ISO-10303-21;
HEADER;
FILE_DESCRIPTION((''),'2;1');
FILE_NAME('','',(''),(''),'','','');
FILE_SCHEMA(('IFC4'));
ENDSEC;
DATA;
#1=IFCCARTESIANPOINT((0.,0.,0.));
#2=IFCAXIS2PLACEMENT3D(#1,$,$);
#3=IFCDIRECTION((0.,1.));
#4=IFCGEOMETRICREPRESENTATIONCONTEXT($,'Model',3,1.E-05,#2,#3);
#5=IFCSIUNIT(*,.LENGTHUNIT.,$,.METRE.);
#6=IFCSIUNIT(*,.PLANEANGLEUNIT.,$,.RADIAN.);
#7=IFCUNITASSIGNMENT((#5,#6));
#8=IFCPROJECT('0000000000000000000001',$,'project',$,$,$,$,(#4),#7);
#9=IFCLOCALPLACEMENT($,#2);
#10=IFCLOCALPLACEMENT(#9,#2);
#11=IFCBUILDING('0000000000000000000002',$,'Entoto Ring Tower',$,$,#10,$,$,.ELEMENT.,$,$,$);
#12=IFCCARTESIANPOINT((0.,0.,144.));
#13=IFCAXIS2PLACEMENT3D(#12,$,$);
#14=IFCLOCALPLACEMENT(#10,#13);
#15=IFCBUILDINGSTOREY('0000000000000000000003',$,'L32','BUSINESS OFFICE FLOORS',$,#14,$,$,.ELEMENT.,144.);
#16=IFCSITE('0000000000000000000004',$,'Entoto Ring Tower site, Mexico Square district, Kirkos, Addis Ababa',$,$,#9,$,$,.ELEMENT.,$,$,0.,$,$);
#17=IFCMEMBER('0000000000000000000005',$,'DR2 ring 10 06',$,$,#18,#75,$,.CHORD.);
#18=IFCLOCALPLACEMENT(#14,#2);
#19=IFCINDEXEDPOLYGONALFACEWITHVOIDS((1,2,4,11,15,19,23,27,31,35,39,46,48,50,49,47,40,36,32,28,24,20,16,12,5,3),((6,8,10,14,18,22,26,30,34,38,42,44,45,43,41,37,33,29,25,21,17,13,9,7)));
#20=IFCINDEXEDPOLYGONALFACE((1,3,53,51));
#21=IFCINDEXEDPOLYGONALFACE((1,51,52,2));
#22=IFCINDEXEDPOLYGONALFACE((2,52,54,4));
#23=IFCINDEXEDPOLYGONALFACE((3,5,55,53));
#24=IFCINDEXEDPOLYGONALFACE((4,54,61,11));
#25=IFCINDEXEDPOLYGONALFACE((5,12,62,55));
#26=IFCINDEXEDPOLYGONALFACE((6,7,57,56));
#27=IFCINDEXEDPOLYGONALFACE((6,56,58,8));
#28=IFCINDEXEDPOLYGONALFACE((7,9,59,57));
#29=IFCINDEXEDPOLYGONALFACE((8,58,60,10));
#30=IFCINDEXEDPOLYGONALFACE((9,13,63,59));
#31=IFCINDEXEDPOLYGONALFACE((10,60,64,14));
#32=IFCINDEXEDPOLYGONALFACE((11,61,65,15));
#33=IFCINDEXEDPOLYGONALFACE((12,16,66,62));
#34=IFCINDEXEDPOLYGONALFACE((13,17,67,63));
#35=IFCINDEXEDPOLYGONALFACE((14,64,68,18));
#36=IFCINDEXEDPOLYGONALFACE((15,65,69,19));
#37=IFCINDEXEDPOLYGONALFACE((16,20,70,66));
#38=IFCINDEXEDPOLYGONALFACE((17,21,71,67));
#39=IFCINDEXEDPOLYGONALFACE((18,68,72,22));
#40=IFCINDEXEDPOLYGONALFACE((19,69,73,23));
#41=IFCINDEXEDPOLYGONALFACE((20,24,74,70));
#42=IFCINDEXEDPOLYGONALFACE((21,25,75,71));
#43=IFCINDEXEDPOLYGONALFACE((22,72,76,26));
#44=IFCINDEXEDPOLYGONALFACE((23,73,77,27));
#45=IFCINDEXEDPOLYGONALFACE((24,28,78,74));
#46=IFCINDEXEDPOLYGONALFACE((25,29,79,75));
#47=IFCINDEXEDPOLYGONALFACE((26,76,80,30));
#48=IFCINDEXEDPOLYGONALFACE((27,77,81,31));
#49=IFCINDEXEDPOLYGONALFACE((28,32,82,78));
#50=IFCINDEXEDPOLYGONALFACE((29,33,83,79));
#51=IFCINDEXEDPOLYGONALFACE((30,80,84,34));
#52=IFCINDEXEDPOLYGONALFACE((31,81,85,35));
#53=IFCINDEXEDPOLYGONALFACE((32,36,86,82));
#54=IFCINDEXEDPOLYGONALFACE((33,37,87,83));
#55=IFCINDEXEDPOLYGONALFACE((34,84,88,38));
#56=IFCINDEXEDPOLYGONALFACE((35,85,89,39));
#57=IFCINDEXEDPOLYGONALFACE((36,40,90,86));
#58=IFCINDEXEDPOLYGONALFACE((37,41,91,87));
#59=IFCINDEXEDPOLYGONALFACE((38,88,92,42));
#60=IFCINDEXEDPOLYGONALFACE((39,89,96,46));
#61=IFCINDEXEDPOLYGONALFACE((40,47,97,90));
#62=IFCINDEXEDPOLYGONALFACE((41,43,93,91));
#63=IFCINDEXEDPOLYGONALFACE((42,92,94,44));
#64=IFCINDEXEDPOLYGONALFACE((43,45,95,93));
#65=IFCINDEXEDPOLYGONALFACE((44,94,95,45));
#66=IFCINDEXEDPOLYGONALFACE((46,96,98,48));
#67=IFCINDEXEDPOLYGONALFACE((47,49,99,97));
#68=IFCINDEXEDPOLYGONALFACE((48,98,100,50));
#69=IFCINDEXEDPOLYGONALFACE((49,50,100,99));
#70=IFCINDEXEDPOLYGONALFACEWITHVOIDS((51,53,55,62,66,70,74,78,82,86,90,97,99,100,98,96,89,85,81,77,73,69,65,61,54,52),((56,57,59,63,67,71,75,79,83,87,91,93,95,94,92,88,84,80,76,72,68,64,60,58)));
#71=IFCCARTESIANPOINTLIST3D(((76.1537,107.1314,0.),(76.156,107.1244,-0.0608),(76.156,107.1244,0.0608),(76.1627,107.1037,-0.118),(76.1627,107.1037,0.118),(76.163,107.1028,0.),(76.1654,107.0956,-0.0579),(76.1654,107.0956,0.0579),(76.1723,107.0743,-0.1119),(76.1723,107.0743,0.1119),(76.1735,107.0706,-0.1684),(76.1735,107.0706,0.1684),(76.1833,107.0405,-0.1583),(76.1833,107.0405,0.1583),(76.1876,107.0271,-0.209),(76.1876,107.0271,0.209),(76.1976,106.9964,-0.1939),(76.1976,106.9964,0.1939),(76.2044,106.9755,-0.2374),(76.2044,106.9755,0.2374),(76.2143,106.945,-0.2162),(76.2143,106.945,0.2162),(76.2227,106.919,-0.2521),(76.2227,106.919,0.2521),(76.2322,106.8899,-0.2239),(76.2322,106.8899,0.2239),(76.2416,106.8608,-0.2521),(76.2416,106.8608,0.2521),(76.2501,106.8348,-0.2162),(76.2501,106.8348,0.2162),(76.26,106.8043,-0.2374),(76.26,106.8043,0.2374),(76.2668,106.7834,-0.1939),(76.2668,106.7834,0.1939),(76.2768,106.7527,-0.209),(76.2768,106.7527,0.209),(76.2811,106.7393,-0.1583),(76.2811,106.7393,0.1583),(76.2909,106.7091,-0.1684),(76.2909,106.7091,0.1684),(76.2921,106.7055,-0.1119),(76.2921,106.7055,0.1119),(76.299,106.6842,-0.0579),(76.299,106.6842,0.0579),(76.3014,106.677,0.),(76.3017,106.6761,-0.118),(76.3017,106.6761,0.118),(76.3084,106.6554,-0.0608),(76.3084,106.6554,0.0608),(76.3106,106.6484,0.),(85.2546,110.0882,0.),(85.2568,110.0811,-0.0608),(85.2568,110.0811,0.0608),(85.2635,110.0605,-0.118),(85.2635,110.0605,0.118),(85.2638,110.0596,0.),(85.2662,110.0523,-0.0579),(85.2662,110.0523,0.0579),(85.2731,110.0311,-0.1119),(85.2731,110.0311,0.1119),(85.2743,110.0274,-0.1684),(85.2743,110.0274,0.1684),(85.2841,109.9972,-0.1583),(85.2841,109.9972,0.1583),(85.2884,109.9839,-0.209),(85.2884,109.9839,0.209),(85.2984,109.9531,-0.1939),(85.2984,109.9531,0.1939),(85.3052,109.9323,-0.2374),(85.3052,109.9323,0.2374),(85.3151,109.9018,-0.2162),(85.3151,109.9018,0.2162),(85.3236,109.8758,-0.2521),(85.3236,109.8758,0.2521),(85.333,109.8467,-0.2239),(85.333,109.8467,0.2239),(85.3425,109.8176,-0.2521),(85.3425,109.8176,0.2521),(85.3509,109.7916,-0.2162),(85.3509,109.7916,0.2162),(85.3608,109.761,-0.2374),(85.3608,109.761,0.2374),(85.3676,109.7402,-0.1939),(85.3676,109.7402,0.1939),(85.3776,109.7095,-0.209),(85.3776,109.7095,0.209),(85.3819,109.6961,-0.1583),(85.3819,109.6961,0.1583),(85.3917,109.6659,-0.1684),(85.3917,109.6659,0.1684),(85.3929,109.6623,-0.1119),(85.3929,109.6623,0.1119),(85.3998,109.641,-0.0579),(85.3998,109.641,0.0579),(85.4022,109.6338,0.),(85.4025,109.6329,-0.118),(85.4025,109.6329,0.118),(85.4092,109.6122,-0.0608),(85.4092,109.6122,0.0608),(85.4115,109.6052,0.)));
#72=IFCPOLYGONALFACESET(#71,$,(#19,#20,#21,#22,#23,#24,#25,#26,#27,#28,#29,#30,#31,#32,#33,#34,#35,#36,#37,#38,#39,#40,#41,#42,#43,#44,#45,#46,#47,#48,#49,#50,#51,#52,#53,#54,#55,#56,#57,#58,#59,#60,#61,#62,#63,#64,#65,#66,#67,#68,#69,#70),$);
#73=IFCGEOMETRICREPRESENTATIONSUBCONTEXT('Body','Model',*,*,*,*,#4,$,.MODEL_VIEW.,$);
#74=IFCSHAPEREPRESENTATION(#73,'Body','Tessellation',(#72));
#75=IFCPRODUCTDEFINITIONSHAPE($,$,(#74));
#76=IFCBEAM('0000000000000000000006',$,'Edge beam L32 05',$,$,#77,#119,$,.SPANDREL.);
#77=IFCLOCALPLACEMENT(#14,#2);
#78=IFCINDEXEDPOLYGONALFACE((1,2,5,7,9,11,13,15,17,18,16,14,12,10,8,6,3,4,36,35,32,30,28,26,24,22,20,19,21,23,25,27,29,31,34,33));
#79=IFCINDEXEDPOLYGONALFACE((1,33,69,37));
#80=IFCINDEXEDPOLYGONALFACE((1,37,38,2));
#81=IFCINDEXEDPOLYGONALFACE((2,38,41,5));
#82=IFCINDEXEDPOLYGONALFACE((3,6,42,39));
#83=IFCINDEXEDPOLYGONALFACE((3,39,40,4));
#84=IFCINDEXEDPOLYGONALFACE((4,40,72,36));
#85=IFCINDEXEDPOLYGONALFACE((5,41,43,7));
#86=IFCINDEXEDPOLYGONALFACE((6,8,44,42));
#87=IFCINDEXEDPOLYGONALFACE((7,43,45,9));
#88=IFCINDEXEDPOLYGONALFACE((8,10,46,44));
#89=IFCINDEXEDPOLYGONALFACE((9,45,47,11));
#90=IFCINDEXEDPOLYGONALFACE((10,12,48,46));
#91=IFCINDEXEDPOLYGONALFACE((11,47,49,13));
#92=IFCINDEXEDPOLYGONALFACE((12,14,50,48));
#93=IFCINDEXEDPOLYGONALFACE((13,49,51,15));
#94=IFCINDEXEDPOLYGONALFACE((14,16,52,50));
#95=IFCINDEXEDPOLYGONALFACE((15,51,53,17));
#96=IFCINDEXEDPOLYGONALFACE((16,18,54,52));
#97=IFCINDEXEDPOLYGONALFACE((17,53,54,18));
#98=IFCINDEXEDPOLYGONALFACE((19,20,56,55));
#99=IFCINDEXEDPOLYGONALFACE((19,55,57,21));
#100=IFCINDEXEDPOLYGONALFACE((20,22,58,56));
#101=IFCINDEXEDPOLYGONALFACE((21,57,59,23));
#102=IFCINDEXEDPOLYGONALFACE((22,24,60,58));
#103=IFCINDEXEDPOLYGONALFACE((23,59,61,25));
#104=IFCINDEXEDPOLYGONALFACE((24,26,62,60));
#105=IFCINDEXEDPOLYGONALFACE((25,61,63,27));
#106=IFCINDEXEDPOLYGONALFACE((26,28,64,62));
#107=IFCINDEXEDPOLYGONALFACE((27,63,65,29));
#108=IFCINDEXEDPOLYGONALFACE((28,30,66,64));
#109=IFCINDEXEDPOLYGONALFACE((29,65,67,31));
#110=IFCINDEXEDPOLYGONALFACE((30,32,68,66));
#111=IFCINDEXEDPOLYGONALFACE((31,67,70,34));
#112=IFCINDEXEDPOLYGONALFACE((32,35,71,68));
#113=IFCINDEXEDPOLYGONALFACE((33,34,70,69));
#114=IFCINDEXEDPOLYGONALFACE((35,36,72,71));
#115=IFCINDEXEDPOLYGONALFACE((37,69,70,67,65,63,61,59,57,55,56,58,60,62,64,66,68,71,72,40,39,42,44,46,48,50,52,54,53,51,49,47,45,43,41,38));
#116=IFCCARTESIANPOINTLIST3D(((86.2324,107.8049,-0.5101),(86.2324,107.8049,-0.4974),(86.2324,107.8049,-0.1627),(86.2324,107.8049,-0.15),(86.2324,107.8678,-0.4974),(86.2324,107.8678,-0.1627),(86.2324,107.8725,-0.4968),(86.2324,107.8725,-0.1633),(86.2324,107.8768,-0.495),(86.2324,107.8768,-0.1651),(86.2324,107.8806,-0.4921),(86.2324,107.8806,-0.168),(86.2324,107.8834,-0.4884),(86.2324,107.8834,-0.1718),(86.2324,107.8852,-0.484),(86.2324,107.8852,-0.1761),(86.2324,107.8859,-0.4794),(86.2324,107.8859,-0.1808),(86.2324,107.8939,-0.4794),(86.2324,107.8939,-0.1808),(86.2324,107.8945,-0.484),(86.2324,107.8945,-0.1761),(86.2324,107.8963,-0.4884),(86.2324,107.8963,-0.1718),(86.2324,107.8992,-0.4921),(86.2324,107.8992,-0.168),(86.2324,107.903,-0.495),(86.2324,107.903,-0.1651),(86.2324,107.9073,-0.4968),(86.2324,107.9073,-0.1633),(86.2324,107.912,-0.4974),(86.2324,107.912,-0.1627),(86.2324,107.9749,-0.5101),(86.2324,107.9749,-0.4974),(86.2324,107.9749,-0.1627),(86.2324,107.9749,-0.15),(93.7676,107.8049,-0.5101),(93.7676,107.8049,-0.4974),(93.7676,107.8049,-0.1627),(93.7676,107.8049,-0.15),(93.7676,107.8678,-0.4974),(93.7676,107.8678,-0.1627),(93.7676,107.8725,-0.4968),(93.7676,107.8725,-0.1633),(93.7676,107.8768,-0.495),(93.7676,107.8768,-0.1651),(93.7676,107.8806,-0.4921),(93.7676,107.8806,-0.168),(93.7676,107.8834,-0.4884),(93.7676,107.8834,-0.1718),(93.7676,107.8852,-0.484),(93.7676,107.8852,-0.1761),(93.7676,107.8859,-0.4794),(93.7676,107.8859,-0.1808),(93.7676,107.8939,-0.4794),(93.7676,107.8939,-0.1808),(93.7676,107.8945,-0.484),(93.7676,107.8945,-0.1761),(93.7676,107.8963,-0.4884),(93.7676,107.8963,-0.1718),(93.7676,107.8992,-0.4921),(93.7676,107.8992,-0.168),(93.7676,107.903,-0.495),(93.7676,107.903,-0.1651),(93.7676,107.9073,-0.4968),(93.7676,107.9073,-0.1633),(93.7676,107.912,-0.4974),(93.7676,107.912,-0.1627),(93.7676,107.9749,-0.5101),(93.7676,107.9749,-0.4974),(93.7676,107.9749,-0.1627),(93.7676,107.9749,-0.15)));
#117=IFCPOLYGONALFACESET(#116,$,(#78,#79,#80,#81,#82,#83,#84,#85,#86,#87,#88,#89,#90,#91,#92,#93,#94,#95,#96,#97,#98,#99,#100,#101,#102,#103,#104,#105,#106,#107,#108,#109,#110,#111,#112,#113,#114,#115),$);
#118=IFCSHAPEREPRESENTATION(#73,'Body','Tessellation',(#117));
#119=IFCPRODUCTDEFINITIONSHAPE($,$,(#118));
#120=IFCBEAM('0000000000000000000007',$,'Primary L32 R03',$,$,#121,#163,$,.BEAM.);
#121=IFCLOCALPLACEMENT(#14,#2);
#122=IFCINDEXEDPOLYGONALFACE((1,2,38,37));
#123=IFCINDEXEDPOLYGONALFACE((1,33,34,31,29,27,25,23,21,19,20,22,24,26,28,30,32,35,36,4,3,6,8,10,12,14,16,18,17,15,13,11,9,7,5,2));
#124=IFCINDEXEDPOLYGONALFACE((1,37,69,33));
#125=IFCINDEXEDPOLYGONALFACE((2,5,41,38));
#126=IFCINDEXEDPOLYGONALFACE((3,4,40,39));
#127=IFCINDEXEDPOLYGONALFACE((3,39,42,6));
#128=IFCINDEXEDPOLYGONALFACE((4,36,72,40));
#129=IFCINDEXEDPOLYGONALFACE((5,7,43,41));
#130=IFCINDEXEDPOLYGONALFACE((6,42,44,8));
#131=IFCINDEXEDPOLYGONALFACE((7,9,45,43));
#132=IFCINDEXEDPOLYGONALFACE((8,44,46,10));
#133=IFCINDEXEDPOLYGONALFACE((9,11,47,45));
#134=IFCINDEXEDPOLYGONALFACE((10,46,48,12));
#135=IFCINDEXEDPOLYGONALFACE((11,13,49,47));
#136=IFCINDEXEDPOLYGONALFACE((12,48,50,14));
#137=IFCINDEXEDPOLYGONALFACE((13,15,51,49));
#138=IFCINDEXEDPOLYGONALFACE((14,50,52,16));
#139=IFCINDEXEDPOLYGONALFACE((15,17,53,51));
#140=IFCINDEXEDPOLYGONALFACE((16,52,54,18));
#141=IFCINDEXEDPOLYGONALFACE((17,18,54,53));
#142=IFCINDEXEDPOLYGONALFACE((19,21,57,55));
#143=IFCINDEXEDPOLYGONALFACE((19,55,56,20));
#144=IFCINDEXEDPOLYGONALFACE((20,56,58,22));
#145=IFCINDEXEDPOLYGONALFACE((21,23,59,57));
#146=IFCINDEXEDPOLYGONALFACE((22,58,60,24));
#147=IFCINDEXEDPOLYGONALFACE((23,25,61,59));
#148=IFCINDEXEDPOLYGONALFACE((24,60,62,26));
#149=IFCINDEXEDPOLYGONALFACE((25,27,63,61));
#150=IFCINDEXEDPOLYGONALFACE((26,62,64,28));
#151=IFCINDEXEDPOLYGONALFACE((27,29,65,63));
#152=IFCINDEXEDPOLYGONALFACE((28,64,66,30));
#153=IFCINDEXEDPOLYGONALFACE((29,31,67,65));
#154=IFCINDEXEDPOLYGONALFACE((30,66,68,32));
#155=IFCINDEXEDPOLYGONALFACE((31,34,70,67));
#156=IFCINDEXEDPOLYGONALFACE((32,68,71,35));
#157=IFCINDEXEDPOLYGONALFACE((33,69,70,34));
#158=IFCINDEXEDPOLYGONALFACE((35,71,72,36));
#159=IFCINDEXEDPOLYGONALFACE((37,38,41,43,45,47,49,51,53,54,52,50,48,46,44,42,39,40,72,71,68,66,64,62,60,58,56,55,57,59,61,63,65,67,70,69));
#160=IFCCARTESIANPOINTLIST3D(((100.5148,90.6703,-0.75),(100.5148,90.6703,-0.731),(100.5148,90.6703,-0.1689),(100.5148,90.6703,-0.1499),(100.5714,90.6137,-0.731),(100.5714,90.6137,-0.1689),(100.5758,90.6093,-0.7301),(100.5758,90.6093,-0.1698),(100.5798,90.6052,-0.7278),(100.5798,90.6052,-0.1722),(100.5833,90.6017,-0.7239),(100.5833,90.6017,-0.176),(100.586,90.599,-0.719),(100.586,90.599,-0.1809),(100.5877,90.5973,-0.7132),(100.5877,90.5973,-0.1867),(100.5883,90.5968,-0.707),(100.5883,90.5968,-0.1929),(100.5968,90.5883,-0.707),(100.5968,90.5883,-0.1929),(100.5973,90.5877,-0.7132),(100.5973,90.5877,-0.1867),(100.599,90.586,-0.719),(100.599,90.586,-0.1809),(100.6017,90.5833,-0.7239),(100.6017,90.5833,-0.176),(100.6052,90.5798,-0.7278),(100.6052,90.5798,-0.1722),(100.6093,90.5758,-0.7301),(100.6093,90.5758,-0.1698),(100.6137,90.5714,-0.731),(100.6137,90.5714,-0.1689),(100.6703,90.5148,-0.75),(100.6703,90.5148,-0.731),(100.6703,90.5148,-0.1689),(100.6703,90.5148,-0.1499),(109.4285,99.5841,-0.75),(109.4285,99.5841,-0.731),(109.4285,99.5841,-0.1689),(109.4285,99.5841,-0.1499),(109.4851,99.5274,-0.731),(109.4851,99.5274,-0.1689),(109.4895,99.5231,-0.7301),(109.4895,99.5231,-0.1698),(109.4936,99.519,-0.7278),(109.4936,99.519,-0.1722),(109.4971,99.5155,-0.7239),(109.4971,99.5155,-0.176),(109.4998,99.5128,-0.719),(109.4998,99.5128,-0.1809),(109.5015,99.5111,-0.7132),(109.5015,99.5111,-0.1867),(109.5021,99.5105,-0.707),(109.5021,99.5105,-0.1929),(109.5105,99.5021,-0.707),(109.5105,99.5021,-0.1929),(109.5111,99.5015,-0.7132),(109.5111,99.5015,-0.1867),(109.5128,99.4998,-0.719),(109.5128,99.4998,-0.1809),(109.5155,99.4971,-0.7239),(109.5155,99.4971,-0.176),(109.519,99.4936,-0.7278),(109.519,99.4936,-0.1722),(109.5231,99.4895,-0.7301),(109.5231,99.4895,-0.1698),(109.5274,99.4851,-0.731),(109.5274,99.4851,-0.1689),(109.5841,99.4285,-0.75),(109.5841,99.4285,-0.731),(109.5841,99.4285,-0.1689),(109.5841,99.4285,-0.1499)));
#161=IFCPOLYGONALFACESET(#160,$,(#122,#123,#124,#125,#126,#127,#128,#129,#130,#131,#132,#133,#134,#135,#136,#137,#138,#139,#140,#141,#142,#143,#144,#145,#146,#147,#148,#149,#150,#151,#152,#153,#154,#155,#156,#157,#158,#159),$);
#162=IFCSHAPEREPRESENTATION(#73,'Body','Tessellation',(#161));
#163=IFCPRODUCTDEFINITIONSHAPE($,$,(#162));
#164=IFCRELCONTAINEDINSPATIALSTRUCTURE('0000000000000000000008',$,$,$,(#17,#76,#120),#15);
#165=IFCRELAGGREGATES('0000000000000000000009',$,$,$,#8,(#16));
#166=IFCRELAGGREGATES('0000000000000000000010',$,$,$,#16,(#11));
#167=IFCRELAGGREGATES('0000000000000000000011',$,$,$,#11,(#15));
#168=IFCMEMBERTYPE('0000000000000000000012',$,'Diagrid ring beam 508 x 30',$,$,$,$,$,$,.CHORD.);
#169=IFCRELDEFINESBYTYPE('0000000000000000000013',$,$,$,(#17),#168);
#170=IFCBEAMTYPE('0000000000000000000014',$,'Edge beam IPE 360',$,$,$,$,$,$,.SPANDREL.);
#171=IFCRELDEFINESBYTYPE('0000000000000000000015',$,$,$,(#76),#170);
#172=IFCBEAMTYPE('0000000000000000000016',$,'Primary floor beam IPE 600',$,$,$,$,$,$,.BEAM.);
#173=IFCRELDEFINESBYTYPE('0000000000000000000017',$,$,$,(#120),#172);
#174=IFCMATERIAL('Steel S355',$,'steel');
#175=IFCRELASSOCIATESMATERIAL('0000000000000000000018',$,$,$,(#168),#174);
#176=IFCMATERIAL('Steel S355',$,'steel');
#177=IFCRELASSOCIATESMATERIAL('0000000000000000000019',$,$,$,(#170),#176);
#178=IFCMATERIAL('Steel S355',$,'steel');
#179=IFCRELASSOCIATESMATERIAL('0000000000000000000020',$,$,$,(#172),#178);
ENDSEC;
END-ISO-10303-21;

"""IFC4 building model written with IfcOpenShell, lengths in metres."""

from ifc_helpers import new_model, si_unit, direction, frame, origin, origin_2d, place, context, subcontext, project, spatial, circle, hollow_circle, i_section, extrude, material, material_profile, profile_set, type_object, element, save


model = new_model("IFC4")

# Units and contexts
model_context = context("Model", 3, precision=1e-05, world=origin(), true_north=direction((0.0, 1.0)))
body_context = subcontext(model_context, "Body", "Model", "MODEL_VIEW")
ifc_project = project(units=[si_unit("LENGTHUNIT", "METRE"), si_unit("PLANEANGLEUNIT", "RADIAN")], contexts=[model_context])

# Site, building, storey
site_placement = place(None, origin())
site = spatial("IfcSite", under=ifc_project, at=site_placement, Name="Entoto Ring Tower site, Mexico Square district, Kirkos, Addis Ababa", CompositionType="ELEMENT", RefElevation=0.0)
building_placement = place(site_placement, origin())
building = spatial("IfcBuilding", under=site, at=building_placement, Name="Entoto Ring Tower", CompositionType="ELEMENT")
storey_placement = place(building_placement, frame((0.0, 0.0, 144.0)))
storey = spatial("IfcBuildingStorey", under=building, at=storey_placement, Name="L32", Description="BUSINESS OFFICE FLOORS", CompositionType="ELEMENT", Elevation=144.0)

# Member
ifc_material_1 = material(Name="Steel S355", Category="steel")
ifc_material_profile_1 = material_profile(ifc_material_1, hollow_circle(Radius=0.2539, WallThickness=0.03, at=origin_2d()), Name="CHS 508 x 30")
ifc_material_2 = material(Name="Concrete C60/75", Category="concrete")
ifc_material_profile_2 = material_profile(ifc_material_2, circle(Radius=0.2241, at=origin_2d()), Name="Concrete C60/75 infill")
ifc_profile_set_1 = profile_set([ifc_material_profile_1, ifc_material_profile_2], Name="Steel S355")
member_type_1 = type_object("IfcMemberType", Name="Diagrid ring beam 508 x 30", PredefinedType="CHORD", material=ifc_profile_set_1)
member_1_placement = place(storey_placement, frame((85.333, 109.8467, 0.0), z_axis=(-0.951064, -0.308993, 0.0), x_axis=(0.308993, -0.951064, 0.0)))
element("IfcMember", 1, at=member_1_placement, inside=storey, type_object=member_type_1, Name="DR2 ring 10 06", PredefinedType="CHORD", context=body_context, shape_type="SweptSolid", body=[
    extrude(hollow_circle(Radius=0.2539, WallThickness=0.03, at=origin_2d()), origin(), (0.0, 0.0, 1.0), 9.5691),
])

# Beams
ifc_material_3 = material(Name="Steel S355", Category="steel")
ifc_material_profile_3 = material_profile(ifc_material_3, i_section(OverallWidth=0.1699, OverallDepth=0.3601, WebThickness=0.0081, FlangeThickness=0.0127, FilletRadius=0.0181, at=origin_2d()), Name="IPE 360")
ifc_profile_set_2 = profile_set([ifc_material_profile_3], Name="Steel S355")
beam_type_1 = type_object("IfcBeamType", Name="Edge beam IPE 360", PredefinedType="SPANDREL", material=ifc_profile_set_2)
beam_1_placement = place(storey_placement, frame((93.7676, 107.8899, -0.3301), z_axis=(-1.0, 0.0, 0.0), x_axis=(0.0, -1.0, 0.0)))
element("IfcBeam", 2, at=beam_1_placement, inside=storey, type_object=beam_type_1, Name="Edge beam L32 05", PredefinedType="SPANDREL", context=body_context, shape_type="SweptSolid", body=[
    extrude(i_section(OverallWidth=0.1699, OverallDepth=0.3601, WebThickness=0.0081, FlangeThickness=0.0127, FilletRadius=0.0181, at=origin_2d()), origin(), (0.0, 0.0, 1.0), 7.5352),
])
ifc_material_4 = material(Name="Steel S355", Category="steel")
ifc_material_profile_4 = material_profile(ifc_material_4, i_section(OverallWidth=0.22, OverallDepth=0.6001, WebThickness=0.012, FlangeThickness=0.019, FilletRadius=0.0239, at=origin_2d()), Name="IPE 600")
ifc_profile_set_3 = profile_set([ifc_material_profile_4], Name="Steel S355")
beam_type_2 = type_object("IfcBeamType", Name="Primary floor beam IPE 600", PredefinedType="BEAM", material=ifc_profile_set_3)
beam_2_placement = place(storey_placement, frame((100.5925, 90.5925, -0.45), z_axis=(0.707107, 0.707107, 0.0), x_axis=(-0.707107, 0.707107, 0.0)))
element("IfcBeam", 3, at=beam_2_placement, inside=storey, type_object=beam_type_2, Name="Primary L32 R03", PredefinedType="BEAM", context=body_context, shape_type="SweptSolid", body=[
    extrude(i_section(OverallWidth=0.22, OverallDepth=0.6001, WebThickness=0.012, FlangeThickness=0.019, FilletRadius=0.0239, at=origin_2d()), origin(), (0.0, 0.0, 1.0), 12.606),
])

save(model, "model.ifc")
